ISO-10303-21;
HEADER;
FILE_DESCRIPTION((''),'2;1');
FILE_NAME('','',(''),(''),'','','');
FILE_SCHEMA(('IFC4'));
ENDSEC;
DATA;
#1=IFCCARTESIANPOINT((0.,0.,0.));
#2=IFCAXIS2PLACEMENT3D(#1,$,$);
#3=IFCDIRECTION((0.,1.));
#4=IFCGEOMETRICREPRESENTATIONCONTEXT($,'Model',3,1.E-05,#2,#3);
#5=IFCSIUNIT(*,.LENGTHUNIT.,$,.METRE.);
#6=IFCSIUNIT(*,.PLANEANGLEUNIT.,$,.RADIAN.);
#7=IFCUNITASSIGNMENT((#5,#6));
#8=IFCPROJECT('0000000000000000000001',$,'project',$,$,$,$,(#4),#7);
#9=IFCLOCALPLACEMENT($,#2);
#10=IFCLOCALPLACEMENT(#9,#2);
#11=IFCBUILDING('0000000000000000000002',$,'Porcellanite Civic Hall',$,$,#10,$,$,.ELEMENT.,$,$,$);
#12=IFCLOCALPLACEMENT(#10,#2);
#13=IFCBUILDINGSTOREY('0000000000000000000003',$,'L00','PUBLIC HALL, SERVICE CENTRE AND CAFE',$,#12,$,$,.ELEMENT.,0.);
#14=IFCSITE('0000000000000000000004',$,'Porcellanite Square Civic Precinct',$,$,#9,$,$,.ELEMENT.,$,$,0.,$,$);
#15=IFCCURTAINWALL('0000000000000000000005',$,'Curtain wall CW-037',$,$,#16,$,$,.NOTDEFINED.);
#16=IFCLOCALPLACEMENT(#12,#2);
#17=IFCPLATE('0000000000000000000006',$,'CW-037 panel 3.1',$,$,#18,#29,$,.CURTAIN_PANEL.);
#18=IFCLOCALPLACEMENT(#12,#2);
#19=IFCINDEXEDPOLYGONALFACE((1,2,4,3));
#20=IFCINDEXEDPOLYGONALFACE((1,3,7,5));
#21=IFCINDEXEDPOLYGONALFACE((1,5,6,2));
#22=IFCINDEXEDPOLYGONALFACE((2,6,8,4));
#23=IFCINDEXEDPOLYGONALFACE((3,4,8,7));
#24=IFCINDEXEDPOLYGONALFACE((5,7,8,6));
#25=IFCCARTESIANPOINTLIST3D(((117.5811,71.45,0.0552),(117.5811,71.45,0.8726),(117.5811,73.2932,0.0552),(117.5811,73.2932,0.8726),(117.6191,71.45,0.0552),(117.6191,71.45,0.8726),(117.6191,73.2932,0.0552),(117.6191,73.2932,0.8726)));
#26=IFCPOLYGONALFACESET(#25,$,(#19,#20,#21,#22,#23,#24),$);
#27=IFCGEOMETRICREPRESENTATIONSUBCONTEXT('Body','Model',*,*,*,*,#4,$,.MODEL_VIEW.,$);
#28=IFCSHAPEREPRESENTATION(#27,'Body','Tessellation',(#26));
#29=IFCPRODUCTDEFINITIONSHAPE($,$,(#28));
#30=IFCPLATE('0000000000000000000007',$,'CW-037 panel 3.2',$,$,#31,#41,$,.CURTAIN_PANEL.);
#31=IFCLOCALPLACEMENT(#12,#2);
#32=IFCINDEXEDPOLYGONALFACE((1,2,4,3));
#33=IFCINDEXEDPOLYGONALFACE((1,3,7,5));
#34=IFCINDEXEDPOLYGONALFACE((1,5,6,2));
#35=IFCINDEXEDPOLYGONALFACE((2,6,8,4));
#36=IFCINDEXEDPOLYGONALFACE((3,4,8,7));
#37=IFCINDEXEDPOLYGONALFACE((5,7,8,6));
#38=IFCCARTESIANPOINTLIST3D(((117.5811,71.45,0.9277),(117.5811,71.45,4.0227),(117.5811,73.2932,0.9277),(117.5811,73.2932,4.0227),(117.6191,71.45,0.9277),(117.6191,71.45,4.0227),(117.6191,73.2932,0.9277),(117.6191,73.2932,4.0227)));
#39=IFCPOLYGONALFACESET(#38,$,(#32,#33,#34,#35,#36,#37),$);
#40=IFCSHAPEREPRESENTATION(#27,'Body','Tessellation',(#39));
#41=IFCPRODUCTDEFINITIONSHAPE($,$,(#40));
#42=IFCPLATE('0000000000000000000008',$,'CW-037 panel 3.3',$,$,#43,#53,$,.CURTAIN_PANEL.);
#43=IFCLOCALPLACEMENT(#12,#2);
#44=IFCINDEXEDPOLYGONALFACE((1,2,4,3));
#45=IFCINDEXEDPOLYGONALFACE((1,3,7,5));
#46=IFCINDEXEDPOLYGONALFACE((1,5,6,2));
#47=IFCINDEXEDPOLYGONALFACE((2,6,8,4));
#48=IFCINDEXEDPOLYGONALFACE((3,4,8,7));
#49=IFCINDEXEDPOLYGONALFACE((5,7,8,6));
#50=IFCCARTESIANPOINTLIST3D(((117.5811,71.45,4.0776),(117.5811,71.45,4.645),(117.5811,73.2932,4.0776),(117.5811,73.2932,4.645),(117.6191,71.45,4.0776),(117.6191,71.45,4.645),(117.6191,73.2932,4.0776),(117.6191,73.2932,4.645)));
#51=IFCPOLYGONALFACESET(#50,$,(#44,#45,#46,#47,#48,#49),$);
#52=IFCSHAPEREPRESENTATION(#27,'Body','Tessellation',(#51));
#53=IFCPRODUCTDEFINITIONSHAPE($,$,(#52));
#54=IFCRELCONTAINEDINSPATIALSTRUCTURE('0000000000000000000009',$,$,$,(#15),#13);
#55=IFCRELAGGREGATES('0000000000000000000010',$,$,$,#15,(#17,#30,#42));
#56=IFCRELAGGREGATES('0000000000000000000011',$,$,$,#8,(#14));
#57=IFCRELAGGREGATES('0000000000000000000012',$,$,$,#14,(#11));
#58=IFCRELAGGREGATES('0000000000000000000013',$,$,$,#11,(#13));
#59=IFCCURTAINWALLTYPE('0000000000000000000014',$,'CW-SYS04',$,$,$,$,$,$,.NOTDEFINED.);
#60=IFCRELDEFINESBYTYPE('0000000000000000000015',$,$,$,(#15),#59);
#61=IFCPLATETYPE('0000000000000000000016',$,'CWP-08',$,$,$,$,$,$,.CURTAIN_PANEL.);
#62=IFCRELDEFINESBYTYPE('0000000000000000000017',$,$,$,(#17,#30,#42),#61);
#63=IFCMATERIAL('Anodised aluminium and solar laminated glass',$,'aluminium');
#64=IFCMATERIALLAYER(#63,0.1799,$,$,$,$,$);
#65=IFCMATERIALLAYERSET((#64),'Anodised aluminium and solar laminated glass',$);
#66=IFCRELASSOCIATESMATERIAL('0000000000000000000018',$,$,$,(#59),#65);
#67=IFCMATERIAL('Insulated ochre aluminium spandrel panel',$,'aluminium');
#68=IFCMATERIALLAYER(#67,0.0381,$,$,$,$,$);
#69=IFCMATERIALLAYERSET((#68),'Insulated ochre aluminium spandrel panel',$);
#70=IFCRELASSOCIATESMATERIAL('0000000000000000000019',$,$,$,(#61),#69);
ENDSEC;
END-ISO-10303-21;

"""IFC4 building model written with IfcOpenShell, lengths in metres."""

from ifc_helpers import new_model, si_unit, direction, frame, origin, origin_2d, place, context, subcontext, project, spatial, rectangle, extrude, material, layer, layer_set, type_object, element, aggregate, save


model = new_model("IFC4")

# Units and contexts
model_context = context("Model", 3, precision=1e-05, world=origin(), true_north=direction((0.0, 1.0)))
body_context = subcontext(model_context, "Body", "Model", "MODEL_VIEW")
ifc_project = project(units=[si_unit("LENGTHUNIT", "METRE"), si_unit("PLANEANGLEUNIT", "RADIAN")], contexts=[model_context])

# Site, building, storey
site_placement = place(None, origin())
site = spatial("IfcSite", under=ifc_project, at=site_placement, Name="Porcellanite Square Civic Precinct", CompositionType="ELEMENT", RefElevation=0.0)
building_placement = place(site_placement, origin())
building = spatial("IfcBuilding", under=site, at=building_placement, Name="Porcellanite Civic Hall", CompositionType="ELEMENT")
storey_placement = place(building_placement, origin())
storey = spatial("IfcBuildingStorey", under=building, at=storey_placement, Name="L00", Description="PUBLIC HALL, SERVICE CENTRE AND CAFE", CompositionType="ELEMENT", Elevation=0.0)

# Curtain wall
ifc_material_1 = material(Name="Anodised aluminium and solar laminated glass", Category="aluminium")
ifc_layer_1 = layer(ifc_material_1, 0.1799)
ifc_layer_set_1 = layer_set([ifc_layer_1], Name="Anodised aluminium and solar laminated glass")
curtain_wall_type = type_object("IfcCurtainWallType", Name="CW-SYS04", PredefinedType="NOTDEFINED", material=ifc_layer_set_1)
curtain_wall_placement = place(storey_placement, origin())
curtain_wall = element("IfcCurtainWall", 1, at=curtain_wall_placement, inside=storey, type_object=curtain_wall_type, Name="Curtain wall CW-037", PredefinedType="NOTDEFINED")

# Plates
ifc_material_2 = material(Name="Insulated ochre aluminium spandrel panel", Category="aluminium")
ifc_layer_2 = layer(ifc_material_2, 0.0381)
ifc_layer_set_2 = layer_set([ifc_layer_2], Name="Insulated ochre aluminium spandrel panel")
plate_type = type_object("IfcPlateType", Name="CWP-08", PredefinedType="CURTAIN_PANEL", material=ifc_layer_set_2)
plate_1_placement = place(storey_placement, frame((117.6001, 72.3716, 0.0552), z_axis=(0.0, 0.0, 1.0), x_axis=(0.0, 1.0, 0.0)))
plate_1 = element("IfcPlate", 2, at=plate_1_placement, type_object=plate_type, Name="CW-037 panel 3.1", PredefinedType="CURTAIN_PANEL", context=body_context, shape_type="SweptSolid", body=[
    extrude(rectangle(XDim=1.8433, YDim=0.0381, at=origin_2d()), origin(), (0.0, 0.0, 1.0), 0.8174),
])
plate_2_placement = place(storey_placement, frame((117.6001, 72.3716, 0.9277), z_axis=(0.0, 0.0, 1.0), x_axis=(0.0, 1.0, 0.0)))
plate_2 = element("IfcPlate", 3, at=plate_2_placement, type_object=plate_type, Name="CW-037 panel 3.2", PredefinedType="CURTAIN_PANEL", context=body_context, shape_type="SweptSolid", body=[
    extrude(rectangle(XDim=1.8433, YDim=0.0381, at=origin_2d()), origin(), (0.0, 0.0, 1.0), 3.095),
])
plate_3_placement = place(storey_placement, frame((117.6001, 72.3716, 4.0776), z_axis=(0.0, 0.0, 1.0), x_axis=(0.0, 1.0, 0.0)))
plate_3 = element("IfcPlate", 4, at=plate_3_placement, type_object=plate_type, Name="CW-037 panel 3.3", PredefinedType="CURTAIN_PANEL", context=body_context, shape_type="SweptSolid", body=[
    extrude(rectangle(XDim=1.8433, YDim=0.0381, at=origin_2d()), origin(), (0.0, 0.0, 1.0), 0.5674),
])
aggregate(curtain_wall, [plate_1, plate_2, plate_3])

save(model, "model.ifc")
